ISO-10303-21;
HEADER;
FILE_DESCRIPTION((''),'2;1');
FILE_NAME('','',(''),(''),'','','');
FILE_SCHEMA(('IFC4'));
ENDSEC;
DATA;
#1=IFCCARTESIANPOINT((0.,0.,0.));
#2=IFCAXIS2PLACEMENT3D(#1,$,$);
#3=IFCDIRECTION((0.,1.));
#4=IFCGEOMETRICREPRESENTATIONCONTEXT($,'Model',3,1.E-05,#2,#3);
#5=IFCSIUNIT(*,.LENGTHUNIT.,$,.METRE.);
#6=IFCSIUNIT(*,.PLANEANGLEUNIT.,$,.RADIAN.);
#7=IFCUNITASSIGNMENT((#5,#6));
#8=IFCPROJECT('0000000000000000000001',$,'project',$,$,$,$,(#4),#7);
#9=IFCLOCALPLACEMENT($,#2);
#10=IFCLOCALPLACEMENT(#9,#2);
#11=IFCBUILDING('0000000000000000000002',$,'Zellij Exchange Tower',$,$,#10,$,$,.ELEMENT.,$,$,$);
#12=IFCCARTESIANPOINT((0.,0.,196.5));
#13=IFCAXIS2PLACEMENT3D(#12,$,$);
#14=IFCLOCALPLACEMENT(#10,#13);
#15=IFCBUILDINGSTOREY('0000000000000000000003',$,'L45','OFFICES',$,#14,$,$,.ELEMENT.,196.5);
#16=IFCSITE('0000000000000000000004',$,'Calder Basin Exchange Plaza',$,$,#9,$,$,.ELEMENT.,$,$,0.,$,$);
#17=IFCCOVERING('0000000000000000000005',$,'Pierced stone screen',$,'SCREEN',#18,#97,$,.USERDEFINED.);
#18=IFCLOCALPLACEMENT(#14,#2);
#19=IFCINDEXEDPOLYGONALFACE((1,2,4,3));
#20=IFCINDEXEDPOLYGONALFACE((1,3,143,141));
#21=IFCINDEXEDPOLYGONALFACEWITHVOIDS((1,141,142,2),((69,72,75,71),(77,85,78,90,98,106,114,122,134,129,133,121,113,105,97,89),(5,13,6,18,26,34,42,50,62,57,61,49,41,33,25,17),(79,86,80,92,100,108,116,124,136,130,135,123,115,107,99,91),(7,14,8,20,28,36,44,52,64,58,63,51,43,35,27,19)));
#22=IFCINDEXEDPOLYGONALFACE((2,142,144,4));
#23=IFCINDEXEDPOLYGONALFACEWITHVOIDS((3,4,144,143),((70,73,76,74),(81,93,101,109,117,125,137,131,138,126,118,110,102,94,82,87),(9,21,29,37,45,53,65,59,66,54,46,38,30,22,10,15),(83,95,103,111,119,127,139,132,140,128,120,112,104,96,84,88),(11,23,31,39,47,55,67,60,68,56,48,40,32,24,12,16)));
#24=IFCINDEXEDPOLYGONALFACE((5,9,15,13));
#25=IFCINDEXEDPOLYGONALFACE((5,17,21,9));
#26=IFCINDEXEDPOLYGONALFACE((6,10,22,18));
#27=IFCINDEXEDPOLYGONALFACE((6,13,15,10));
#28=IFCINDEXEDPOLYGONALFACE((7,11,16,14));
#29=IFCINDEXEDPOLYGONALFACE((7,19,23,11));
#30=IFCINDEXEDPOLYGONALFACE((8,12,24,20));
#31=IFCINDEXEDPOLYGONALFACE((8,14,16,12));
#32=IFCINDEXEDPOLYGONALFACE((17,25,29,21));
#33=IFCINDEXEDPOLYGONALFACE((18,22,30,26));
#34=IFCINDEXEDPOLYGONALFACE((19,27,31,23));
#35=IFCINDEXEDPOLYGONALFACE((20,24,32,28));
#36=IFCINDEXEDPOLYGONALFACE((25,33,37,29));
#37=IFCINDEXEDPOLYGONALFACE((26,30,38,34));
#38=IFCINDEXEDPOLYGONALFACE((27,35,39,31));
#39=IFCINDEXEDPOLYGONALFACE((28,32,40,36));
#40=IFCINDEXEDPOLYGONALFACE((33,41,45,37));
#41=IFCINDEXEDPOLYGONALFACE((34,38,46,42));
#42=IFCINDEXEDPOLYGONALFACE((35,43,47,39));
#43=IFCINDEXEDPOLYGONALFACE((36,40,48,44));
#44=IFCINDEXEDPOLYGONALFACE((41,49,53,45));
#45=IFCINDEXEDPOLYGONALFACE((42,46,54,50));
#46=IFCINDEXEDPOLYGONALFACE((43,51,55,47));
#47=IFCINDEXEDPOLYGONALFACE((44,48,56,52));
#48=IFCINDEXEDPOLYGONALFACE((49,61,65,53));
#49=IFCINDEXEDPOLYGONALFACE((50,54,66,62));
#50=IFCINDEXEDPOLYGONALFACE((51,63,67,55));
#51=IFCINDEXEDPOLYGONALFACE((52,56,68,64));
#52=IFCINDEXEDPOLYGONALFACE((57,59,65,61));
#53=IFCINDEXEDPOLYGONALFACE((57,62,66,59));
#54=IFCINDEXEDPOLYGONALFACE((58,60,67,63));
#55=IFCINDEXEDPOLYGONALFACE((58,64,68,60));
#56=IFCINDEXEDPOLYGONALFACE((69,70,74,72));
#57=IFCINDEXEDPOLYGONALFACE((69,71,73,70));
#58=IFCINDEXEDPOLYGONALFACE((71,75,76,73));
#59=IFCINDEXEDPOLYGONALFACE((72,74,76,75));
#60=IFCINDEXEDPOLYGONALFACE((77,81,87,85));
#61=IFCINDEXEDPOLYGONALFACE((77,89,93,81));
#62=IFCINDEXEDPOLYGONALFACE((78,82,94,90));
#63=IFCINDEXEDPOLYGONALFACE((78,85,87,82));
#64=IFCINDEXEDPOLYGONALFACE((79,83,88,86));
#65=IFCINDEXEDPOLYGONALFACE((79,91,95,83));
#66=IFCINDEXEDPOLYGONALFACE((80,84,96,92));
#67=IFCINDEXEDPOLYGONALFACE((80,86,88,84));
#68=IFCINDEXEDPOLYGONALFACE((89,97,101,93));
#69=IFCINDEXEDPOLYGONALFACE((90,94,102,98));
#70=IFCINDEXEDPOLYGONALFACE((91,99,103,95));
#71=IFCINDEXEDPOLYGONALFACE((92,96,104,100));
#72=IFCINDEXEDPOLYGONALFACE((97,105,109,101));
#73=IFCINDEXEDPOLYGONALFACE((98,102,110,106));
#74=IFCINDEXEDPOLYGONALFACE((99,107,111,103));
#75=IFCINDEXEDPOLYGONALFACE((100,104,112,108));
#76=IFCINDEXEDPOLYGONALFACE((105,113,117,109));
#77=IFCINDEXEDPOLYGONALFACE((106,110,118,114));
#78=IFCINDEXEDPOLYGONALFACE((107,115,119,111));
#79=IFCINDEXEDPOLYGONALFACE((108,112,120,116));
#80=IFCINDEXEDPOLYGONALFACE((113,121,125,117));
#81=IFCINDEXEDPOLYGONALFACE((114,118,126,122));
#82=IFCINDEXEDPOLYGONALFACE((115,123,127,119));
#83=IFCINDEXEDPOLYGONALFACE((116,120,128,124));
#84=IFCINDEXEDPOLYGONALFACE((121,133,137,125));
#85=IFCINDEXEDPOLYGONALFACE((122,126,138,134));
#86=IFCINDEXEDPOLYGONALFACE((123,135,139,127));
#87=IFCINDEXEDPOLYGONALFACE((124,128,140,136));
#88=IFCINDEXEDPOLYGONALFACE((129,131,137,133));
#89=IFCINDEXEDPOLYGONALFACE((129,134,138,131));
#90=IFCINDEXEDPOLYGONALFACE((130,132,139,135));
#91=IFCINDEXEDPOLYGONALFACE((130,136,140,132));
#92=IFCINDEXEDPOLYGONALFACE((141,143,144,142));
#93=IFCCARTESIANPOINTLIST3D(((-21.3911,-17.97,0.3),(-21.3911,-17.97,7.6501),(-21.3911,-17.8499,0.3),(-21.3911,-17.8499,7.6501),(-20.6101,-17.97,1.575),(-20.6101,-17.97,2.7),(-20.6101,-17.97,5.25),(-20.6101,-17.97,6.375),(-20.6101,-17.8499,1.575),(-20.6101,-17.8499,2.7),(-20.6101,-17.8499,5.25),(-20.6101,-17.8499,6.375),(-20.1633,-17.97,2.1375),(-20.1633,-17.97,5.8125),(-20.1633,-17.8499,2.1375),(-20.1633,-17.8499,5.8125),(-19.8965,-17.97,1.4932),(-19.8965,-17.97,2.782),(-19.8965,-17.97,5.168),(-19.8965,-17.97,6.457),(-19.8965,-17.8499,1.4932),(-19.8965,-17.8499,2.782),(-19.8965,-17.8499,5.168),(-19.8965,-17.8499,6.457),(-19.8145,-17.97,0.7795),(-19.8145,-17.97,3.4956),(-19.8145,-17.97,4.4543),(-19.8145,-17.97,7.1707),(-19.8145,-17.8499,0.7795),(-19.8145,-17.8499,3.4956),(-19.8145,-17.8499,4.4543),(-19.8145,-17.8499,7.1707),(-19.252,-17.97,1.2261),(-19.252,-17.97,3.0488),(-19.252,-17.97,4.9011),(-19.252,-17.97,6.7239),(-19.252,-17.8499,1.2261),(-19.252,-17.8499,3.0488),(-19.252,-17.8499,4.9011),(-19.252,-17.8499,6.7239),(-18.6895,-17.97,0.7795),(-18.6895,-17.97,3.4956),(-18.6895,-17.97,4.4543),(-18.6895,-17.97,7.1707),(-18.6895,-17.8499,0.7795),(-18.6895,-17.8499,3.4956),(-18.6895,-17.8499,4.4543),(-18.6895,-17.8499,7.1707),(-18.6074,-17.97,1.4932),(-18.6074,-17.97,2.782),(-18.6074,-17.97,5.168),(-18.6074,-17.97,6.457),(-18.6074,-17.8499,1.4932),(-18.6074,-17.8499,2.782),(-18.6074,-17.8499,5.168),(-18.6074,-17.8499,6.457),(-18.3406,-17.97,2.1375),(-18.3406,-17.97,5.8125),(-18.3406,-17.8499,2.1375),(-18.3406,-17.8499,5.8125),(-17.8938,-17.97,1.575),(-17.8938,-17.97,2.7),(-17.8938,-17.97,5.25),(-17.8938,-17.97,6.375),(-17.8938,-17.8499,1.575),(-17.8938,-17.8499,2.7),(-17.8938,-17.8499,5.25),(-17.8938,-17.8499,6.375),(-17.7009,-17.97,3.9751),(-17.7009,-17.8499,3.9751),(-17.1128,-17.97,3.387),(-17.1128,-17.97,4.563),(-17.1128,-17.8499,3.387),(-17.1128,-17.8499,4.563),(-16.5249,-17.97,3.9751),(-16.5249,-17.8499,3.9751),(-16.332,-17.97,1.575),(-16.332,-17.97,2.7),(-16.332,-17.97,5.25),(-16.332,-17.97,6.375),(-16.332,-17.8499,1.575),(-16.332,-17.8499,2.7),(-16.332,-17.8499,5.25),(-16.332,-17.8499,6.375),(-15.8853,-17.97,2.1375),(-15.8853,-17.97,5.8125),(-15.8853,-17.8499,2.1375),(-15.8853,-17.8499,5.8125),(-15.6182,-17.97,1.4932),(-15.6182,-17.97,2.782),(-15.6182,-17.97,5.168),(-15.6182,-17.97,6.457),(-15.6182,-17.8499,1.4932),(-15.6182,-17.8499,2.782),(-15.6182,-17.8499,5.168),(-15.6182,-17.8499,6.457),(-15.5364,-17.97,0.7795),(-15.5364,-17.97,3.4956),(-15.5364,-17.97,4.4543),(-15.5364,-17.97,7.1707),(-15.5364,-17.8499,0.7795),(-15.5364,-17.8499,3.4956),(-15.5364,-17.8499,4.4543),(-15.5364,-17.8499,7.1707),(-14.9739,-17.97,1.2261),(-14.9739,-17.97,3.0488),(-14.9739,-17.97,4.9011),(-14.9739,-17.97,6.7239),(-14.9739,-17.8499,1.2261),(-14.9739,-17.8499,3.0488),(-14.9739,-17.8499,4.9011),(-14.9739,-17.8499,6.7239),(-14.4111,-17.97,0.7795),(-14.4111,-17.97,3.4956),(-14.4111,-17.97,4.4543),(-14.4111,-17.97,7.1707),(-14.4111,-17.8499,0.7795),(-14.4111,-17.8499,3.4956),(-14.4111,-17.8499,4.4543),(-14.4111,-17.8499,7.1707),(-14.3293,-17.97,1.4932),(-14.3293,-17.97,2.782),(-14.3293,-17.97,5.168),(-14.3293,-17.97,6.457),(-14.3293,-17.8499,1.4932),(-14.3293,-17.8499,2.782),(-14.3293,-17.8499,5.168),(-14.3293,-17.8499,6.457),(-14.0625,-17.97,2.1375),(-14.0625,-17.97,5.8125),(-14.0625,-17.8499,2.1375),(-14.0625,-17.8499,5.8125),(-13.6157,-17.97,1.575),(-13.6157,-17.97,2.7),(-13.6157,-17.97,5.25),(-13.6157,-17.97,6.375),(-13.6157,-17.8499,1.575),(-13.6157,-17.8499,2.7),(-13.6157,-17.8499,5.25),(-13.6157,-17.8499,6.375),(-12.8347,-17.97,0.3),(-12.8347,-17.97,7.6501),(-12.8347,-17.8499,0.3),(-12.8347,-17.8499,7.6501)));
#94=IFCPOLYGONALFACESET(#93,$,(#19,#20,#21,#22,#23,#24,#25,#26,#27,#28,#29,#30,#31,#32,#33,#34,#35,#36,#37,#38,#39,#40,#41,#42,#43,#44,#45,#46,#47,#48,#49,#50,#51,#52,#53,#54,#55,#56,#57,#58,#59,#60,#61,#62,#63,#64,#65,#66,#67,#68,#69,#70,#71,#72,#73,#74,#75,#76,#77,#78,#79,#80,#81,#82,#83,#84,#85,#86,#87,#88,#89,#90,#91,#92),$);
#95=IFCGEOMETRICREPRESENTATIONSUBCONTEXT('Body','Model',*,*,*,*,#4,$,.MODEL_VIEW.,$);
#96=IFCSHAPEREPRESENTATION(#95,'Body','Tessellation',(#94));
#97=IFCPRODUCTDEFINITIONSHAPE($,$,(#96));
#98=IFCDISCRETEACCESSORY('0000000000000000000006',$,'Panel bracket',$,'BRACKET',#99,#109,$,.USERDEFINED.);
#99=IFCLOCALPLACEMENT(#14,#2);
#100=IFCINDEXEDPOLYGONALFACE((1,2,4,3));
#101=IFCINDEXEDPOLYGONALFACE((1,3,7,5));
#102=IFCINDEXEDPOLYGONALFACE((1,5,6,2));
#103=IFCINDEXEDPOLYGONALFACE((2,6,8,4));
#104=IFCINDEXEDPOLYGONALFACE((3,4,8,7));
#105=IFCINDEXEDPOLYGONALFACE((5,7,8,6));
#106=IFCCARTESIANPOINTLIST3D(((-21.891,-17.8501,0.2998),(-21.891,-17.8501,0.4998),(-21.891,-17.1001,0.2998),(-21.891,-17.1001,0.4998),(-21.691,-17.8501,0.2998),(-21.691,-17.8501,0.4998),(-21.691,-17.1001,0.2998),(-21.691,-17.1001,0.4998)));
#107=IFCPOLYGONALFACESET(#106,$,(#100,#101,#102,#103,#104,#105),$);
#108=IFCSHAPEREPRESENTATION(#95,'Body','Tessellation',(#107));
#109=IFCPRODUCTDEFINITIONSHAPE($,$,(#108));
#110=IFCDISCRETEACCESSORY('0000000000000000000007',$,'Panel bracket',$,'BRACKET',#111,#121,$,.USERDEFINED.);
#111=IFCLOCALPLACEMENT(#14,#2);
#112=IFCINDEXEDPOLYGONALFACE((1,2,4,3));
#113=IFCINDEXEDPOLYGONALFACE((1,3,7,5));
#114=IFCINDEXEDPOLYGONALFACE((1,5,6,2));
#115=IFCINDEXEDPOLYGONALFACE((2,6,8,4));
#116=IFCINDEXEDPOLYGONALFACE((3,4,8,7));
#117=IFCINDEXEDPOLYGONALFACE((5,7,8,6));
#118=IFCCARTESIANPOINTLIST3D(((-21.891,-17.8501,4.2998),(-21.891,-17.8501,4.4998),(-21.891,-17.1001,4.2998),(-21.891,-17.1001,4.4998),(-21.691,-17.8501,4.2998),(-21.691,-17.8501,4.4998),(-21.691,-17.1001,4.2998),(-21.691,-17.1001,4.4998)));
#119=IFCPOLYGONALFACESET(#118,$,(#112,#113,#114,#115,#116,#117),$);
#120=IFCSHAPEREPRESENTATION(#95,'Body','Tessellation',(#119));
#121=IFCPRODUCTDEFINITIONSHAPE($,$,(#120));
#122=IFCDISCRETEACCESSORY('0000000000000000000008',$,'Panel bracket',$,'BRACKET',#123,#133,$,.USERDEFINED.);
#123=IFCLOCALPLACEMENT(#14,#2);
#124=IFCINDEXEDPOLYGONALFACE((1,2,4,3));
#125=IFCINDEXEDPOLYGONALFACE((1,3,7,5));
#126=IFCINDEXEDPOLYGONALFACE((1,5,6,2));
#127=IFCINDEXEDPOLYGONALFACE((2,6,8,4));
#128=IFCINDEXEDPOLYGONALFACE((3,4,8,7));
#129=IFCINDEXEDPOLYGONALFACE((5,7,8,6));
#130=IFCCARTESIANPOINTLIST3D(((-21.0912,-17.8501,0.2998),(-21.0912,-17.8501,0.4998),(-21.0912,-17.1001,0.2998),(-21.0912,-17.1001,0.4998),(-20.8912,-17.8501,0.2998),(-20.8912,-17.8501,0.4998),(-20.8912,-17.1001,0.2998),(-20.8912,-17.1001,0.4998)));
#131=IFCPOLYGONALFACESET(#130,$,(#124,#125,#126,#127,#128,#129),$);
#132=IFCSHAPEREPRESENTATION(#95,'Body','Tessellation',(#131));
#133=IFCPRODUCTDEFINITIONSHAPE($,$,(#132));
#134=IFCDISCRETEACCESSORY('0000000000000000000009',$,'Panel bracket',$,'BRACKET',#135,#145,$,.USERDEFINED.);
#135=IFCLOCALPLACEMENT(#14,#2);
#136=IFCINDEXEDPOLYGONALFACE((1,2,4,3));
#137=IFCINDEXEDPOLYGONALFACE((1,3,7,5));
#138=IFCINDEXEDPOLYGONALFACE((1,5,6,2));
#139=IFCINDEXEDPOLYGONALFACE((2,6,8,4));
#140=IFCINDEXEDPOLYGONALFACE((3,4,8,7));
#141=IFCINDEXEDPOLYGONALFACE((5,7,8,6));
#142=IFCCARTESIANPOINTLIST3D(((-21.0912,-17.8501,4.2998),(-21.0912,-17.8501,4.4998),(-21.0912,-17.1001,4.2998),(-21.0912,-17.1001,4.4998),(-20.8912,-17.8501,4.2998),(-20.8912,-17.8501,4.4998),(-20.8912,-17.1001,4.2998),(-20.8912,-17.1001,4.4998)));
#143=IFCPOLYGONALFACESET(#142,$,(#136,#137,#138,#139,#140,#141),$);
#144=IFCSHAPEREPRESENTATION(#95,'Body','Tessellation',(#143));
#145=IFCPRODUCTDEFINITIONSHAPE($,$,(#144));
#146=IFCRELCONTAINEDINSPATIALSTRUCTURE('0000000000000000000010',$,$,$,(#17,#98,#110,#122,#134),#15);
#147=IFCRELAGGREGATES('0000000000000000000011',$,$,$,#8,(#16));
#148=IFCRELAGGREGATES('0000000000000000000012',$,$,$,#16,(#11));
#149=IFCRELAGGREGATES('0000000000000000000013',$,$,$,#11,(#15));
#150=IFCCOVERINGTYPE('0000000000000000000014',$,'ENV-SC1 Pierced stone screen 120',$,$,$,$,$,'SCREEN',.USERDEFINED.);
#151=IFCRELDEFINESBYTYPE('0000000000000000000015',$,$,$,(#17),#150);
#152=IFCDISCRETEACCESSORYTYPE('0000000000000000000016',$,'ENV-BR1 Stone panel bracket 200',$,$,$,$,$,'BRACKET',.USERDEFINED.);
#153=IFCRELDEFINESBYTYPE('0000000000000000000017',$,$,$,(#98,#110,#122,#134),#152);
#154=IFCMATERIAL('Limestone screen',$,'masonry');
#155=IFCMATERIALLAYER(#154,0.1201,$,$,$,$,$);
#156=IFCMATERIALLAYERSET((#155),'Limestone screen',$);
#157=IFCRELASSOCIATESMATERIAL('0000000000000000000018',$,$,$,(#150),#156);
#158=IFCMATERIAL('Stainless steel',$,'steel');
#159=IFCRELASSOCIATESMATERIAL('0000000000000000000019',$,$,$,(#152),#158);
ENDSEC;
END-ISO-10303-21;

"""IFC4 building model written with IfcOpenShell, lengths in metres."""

from ifc_helpers import new_model, si_unit, direction, frame, origin, origin_2d, place, context, subcontext, project, spatial, polyline, rectangle, outline, extrude, material, layer, layer_set, type_object, element, save


model = new_model("IFC4")

# Units and contexts
model_context = context("Model", 3, precision=1e-05, world=origin(), true_north=direction((0.0, 1.0)))
body_context = subcontext(model_context, "Body", "Model", "MODEL_VIEW")
ifc_project = project(units=[si_unit("LENGTHUNIT", "METRE"), si_unit("PLANEANGLEUNIT", "RADIAN")], contexts=[model_context])

# Site, building, storey
site_placement = place(None, origin())
site = spatial("IfcSite", under=ifc_project, at=site_placement, Name="Calder Basin Exchange Plaza", CompositionType="ELEMENT", RefElevation=0.0)
building_placement = place(site_placement, origin())
building = spatial("IfcBuilding", under=site, at=building_placement, Name="Zellij Exchange Tower", CompositionType="ELEMENT")
storey_placement = place(building_placement, frame((0.0, 0.0, 196.5)))
storey = spatial("IfcBuildingStorey", under=building, at=storey_placement, Name="L45", Description="OFFICES", CompositionType="ELEMENT", Elevation=196.5)

# Shared definitions
ifc_material_1 = material(Name="Stainless steel", Category="steel")

# Covering
ifc_material_2 = material(Name="Limestone screen", Category="masonry")
ifc_layer_1 = layer(ifc_material_2, 0.1201)
ifc_layer_set_1 = layer_set([ifc_layer_1], Name="Limestone screen")
covering_type = type_object("IfcCoveringType", Name="ENV-SC1 Pierced stone screen 120", ElementType="SCREEN", PredefinedType="USERDEFINED", material=ifc_layer_set_1)
covering_placement = place(storey_placement, frame((-21.3911, -17.9099, 0.3), z_axis=(0.0, 0.0, 1.0), x_axis=(1.0, 0.0, 0.0)))
element("IfcCovering", 1, at=covering_placement, inside=storey, type_object=covering_type, Name="Pierced stone screen", ObjectType="SCREEN", PredefinedType="USERDEFINED", context=body_context, shape_type="SweptSolid", body=[
    extrude(outline(polyline([(0.0, 0.0), (8.5564, 0.0), (8.5564, 7.3501), (0.0, 7.3501), (0.0, 0.0)]), holes=[polyline([(3.4973, 2.3999), (2.7837, 2.4819), (2.7017, 3.1956), (2.1392, 2.7488), (1.5767, 3.1956), (1.4946, 2.4819), (0.781, 2.3999), (1.2278, 1.8374), (0.781, 1.2749), (1.4946, 1.1931), (1.5767, 0.4795), (2.1392, 0.926), (2.7017, 0.4795), (2.7837, 1.1931), (3.4973, 1.2749), (3.0505, 1.8374), (3.4973, 2.3999)]), polyline([(3.4973, 6.075), (2.7837, 6.157), (2.7017, 6.8706), (2.1392, 6.4238), (1.5767, 6.8706), (1.4946, 6.157), (0.781, 6.075), (1.2278, 5.5125), (0.781, 4.95), (1.4946, 4.8679), (1.5767, 4.1543), (2.1392, 4.6011), (2.7017, 4.1543), (2.7837, 4.8679), (3.4973, 4.95), (3.0505, 5.5125), (3.4973, 6.075)]), polyline([(7.7754, 2.3999), (7.0618, 2.4819), (6.98, 3.1956), (6.4172, 2.7488), (5.8547, 3.1956), (5.7729, 2.4819), (5.0591, 2.3999), (5.5059, 1.8374), (5.0591, 1.2749), (5.7729, 1.1931), (5.8547, 0.4795), (6.4172, 0.926), (6.98, 0.4795), (7.0618, 1.1931), (7.7754, 1.2749), (7.3286, 1.8374), (7.7754, 2.3999)]), polyline([(7.7754, 6.075), (7.0618, 6.157), (6.98, 6.8706), (6.4172, 6.4238), (5.8547, 6.8706), (5.7729, 6.157), (5.0591, 6.075), (5.5059, 5.5125), (5.0591, 4.95), (5.7729, 4.8679), (5.8547, 4.1543), (6.4172, 4.6011), (6.98, 4.1543), (7.0618, 4.8679), (7.7754, 4.95), (7.3286, 5.5125), (7.7754, 6.075)]), polyline([(4.8662, 3.675), (4.2783, 4.2629), (3.6902, 3.675), (4.2783, 3.0869), (4.8662, 3.675)])]), frame((0.0, 0.0601, 0.0), z_axis=(0.0, -1.0, 0.0), x_axis=(1.0, 0.0, 0.0)), (0.0, 0.0, 1.0), 0.1201),
])

# Discrete accessories
discrete_accessory_type = type_object("IfcDiscreteAccessoryType", Name="ENV-BR1 Stone panel bracket 200", ElementType="BRACKET", PredefinedType="USERDEFINED", material=ifc_material_1)
for number, where, z_axis, x_axis, name in (
    (2, (-21.791, -17.4751, 0.2998), (0.0, 0.0, 1.0), (1.0, 0.0, 0.0), "Panel bracket"),
    (3, (-21.791, -17.4751, 4.2998), (0.0, 0.0, 1.0), (1.0, 0.0, 0.0), "Panel bracket"),
    (4, (-20.9912, -17.4751, 0.2998), (0.0, 0.0, 1.0), (1.0, 0.0, 0.0), "Panel bracket"),
    (5, (-20.9912, -17.4751, 4.2998), (0.0, 0.0, 1.0), (1.0, 0.0, 0.0), "Panel bracket"),
):
    element("IfcDiscreteAccessory", number, at=place(storey_placement, frame(where, z_axis=z_axis, x_axis=x_axis)), inside=storey, type_object=discrete_accessory_type, Name=name, ObjectType="BRACKET", PredefinedType="USERDEFINED", context=body_context, shape_type="SweptSolid", body=[
        extrude(rectangle(XDim=0.2, YDim=0.75, at=origin_2d()), origin(), (0.0, 0.0, 1.0), 0.2),
    ])

save(model, "model.ifc")
